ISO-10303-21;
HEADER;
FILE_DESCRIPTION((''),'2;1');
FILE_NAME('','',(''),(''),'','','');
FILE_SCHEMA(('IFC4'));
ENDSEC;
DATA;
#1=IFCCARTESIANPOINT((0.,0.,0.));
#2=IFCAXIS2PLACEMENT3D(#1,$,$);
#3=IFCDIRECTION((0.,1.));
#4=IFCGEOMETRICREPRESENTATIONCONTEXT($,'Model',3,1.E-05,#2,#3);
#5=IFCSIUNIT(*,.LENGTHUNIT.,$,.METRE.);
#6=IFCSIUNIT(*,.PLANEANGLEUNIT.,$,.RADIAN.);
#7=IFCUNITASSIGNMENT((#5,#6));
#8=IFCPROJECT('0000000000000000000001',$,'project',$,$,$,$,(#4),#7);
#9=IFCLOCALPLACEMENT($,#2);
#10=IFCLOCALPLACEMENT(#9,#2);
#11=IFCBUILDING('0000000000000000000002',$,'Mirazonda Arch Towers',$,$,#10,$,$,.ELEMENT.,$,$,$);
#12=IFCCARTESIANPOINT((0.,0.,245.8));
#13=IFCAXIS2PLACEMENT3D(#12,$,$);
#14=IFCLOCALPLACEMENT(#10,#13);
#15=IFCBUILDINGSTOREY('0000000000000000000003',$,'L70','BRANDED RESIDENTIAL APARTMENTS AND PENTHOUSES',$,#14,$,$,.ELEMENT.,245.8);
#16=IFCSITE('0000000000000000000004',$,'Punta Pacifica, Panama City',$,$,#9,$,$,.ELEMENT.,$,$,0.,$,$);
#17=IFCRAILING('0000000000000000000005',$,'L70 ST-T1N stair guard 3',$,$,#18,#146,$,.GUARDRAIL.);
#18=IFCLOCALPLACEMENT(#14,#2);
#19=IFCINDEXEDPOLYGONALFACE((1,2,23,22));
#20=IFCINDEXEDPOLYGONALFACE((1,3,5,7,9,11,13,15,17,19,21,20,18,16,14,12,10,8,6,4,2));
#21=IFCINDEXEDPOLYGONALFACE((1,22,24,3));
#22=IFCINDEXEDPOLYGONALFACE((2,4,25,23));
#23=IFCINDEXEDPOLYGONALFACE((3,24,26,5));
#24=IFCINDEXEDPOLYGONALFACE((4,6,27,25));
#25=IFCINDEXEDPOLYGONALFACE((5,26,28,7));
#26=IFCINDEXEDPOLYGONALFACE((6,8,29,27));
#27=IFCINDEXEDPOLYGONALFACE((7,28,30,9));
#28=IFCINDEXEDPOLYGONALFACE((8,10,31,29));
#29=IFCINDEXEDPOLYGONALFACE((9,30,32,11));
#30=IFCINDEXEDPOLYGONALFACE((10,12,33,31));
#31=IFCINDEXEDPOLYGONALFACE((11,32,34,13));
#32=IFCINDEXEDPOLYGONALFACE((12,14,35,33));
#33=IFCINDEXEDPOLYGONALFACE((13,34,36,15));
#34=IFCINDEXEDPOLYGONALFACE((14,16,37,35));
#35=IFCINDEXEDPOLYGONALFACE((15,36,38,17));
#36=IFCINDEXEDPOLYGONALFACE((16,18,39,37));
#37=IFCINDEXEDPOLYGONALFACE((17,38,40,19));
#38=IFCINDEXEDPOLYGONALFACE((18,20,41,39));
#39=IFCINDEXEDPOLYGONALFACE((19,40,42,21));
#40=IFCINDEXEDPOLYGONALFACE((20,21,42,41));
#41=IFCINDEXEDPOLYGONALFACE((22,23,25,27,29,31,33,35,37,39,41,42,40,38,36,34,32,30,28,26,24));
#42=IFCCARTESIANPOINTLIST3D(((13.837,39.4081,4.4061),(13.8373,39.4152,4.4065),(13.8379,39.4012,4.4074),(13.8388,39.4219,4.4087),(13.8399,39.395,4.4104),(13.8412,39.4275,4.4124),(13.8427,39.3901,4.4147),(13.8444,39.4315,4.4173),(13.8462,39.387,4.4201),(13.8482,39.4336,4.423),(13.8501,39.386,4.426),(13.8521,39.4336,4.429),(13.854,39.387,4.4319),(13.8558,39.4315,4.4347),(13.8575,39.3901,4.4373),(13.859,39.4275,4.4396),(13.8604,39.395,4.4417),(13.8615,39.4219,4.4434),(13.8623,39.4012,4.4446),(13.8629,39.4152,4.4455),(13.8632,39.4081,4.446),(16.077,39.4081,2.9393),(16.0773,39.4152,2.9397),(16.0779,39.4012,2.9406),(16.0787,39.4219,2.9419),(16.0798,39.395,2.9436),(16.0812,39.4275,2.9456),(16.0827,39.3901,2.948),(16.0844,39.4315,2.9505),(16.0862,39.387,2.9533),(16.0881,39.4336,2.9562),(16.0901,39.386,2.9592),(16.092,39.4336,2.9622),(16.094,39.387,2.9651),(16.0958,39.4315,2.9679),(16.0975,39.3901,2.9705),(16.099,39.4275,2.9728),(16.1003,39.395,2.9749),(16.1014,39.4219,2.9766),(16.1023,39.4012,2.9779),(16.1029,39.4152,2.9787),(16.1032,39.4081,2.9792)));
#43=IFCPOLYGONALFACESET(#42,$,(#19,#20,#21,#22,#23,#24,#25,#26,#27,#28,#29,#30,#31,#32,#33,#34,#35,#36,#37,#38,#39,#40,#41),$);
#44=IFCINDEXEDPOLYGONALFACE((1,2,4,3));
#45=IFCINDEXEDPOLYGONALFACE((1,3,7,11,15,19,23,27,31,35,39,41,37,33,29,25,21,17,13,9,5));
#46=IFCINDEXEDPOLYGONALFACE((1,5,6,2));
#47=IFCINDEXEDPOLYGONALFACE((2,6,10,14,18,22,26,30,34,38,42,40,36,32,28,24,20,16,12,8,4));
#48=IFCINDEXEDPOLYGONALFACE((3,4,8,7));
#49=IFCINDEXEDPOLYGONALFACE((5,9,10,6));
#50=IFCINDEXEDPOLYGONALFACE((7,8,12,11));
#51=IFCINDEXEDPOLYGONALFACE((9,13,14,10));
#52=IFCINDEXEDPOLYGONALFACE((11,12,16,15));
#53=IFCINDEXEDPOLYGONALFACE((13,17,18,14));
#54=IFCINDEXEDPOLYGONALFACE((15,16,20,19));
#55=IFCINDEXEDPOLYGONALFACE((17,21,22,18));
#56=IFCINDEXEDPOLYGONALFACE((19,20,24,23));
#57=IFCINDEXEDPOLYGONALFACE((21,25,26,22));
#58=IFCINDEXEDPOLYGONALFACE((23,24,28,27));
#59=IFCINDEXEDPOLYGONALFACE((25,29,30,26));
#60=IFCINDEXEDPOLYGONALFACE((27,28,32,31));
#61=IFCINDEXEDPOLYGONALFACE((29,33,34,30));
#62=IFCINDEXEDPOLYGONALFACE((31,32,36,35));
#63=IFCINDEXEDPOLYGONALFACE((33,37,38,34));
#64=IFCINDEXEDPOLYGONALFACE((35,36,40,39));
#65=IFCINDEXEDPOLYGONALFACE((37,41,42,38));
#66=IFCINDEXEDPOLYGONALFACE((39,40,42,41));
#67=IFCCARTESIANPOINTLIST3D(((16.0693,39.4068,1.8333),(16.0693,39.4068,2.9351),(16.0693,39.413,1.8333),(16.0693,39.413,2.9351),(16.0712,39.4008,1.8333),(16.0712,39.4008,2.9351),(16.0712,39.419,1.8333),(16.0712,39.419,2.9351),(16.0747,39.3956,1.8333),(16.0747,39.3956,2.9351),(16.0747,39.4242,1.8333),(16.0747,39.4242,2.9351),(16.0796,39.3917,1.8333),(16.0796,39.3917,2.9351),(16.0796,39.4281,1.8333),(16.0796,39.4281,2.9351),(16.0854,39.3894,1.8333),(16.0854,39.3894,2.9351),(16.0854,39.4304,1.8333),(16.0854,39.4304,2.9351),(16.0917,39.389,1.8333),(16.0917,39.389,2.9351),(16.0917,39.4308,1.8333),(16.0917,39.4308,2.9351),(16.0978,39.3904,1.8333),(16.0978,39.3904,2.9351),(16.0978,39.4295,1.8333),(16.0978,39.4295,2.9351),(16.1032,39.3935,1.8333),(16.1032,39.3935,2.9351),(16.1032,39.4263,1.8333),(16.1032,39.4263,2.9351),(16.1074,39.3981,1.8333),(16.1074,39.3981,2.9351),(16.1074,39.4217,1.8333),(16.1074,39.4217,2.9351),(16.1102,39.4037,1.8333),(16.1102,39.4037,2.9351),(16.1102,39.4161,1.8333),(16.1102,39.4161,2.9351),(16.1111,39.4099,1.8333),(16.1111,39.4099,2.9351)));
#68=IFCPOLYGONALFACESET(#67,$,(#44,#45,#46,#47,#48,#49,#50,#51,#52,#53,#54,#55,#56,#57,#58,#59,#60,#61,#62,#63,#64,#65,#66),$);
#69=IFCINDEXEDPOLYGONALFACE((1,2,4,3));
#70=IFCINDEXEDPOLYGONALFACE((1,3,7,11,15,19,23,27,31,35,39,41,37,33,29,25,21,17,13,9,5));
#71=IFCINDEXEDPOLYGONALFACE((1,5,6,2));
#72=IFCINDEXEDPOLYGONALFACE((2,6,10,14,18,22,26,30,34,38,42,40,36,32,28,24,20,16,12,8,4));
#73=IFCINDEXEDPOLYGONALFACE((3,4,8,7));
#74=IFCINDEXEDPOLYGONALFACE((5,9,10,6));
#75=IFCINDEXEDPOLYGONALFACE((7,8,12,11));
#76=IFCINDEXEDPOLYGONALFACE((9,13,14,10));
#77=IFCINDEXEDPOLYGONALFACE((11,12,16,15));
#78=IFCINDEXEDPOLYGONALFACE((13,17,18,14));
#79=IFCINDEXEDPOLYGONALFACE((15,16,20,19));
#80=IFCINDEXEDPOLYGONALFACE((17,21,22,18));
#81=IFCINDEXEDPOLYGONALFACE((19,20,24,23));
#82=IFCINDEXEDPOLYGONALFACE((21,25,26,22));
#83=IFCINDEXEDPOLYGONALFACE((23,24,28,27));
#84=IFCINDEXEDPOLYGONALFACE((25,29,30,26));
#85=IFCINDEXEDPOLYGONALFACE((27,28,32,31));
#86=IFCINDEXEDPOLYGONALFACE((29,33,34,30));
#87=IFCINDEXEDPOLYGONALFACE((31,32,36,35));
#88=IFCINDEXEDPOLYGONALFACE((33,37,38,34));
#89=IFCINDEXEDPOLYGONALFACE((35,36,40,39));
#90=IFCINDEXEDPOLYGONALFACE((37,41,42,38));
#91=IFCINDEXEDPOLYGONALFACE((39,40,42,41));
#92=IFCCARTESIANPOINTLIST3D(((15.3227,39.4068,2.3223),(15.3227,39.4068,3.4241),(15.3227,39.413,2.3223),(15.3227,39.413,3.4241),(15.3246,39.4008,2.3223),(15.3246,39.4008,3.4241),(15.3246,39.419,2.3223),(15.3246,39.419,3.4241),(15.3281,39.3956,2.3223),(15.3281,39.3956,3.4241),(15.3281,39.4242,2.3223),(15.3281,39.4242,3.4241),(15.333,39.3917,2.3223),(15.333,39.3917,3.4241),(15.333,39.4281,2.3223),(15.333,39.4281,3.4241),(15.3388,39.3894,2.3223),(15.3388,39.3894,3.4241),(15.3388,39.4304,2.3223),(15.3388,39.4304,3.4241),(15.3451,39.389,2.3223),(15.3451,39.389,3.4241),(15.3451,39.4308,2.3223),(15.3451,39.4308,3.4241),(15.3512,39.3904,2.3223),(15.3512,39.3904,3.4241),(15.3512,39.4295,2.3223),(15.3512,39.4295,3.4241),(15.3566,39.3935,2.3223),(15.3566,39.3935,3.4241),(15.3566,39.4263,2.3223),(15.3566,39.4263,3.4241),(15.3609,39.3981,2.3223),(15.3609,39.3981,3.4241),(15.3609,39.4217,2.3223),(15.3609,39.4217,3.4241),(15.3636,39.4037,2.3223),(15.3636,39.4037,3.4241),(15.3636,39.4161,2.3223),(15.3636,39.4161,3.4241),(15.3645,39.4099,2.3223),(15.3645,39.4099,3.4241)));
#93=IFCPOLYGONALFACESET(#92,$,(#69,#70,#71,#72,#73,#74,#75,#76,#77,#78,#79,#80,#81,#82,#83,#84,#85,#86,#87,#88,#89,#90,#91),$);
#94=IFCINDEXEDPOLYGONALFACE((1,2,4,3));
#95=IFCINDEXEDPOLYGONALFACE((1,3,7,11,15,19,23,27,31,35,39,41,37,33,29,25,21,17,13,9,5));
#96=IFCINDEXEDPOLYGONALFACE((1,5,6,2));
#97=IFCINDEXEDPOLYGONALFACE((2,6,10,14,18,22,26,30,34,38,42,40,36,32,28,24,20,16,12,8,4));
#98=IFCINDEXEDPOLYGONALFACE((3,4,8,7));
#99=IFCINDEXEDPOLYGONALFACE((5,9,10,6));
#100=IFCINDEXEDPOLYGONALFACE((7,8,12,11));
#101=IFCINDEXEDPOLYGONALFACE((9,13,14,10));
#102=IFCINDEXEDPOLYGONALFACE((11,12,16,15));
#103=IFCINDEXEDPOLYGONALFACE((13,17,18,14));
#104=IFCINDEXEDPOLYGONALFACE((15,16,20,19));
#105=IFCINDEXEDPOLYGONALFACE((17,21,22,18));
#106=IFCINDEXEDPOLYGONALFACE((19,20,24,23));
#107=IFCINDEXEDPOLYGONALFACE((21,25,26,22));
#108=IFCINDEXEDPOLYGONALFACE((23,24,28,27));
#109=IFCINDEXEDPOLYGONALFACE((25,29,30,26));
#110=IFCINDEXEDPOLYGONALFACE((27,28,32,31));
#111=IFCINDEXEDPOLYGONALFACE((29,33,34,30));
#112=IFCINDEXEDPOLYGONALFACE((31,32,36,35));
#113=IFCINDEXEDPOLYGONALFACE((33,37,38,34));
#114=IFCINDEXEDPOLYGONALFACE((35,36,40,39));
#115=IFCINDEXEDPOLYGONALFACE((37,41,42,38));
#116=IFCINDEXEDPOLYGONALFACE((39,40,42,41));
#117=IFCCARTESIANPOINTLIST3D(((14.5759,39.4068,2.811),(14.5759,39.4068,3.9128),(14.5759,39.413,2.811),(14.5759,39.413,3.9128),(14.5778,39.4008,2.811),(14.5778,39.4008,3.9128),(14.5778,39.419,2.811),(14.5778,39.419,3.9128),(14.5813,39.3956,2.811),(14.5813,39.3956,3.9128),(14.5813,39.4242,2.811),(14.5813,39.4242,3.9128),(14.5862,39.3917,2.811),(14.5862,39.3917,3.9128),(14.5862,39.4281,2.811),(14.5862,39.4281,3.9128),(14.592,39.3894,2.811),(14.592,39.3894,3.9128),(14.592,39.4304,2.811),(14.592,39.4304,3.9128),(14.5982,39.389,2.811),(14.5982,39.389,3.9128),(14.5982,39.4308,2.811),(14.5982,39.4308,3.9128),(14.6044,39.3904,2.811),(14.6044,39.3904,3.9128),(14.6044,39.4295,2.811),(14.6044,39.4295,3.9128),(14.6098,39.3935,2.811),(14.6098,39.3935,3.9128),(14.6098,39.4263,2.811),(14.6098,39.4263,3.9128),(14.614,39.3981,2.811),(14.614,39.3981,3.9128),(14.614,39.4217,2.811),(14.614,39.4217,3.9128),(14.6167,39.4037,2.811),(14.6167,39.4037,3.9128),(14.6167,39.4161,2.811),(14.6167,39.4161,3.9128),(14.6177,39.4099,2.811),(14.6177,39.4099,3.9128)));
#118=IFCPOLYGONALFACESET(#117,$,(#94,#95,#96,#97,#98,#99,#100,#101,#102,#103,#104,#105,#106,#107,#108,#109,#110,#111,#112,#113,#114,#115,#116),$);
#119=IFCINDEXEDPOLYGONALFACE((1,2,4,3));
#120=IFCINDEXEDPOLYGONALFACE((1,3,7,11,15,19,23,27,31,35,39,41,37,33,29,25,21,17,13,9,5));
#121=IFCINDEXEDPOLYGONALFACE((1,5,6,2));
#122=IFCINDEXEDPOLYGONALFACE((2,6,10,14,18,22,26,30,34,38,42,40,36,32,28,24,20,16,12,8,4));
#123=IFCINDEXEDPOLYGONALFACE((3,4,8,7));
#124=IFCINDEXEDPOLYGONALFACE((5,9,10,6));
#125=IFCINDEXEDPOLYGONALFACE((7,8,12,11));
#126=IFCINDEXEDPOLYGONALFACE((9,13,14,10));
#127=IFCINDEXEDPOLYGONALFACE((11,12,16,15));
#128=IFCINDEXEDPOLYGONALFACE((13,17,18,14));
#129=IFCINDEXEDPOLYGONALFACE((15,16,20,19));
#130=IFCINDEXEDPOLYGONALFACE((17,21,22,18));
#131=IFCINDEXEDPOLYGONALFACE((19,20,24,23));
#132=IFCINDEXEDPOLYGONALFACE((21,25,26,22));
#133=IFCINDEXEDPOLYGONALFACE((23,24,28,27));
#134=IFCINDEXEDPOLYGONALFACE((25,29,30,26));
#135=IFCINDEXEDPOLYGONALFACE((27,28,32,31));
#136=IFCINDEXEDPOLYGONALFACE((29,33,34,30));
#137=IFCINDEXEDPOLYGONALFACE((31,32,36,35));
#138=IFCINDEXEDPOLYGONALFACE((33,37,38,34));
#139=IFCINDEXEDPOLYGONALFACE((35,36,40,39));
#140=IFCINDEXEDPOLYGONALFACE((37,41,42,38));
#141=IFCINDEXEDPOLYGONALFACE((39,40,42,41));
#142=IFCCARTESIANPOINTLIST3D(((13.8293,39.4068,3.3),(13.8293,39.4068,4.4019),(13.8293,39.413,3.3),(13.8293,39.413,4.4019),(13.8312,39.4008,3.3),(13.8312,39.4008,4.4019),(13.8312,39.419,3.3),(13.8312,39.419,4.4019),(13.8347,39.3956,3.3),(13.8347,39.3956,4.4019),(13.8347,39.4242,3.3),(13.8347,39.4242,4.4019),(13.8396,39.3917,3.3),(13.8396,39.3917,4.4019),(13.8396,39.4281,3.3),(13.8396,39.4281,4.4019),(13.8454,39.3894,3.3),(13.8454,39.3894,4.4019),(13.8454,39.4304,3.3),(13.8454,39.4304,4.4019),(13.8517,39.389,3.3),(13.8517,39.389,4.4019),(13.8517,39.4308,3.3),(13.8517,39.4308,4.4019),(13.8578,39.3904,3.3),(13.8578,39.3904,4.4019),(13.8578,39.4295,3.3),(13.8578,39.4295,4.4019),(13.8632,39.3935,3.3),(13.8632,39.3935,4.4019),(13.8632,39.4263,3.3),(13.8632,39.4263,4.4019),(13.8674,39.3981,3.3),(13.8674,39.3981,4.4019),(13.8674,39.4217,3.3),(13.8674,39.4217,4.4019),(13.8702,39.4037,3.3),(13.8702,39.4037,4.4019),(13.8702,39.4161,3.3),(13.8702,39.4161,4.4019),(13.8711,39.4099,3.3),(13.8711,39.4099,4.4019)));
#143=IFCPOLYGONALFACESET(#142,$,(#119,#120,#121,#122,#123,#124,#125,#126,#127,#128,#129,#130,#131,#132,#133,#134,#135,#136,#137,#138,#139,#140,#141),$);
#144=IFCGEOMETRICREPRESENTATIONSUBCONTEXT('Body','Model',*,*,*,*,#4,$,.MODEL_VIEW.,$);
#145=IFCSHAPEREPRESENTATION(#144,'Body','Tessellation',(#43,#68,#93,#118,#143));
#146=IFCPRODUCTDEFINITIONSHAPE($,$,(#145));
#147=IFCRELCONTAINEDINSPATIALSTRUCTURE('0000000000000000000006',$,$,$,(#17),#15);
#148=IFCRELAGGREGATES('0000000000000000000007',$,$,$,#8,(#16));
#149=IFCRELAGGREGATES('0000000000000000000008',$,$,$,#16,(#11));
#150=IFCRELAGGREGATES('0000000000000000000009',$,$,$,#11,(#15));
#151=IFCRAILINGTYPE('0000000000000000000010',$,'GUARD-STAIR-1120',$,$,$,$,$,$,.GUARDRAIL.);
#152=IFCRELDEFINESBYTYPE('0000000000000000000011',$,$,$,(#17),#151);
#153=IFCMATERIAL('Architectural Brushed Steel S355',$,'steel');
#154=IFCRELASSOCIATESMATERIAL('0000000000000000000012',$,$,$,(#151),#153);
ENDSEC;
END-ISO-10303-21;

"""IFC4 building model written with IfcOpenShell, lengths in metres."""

from ifc_helpers import new_model, si_unit, direction, frame, origin, origin_2d, place, context, subcontext, project, spatial, circle, extrude, material, type_object, element, save


model = new_model("IFC4")

# Units and contexts
model_context = context("Model", 3, precision=1e-05, world=origin(), true_north=direction((0.0, 1.0)))
body_context = subcontext(model_context, "Body", "Model", "MODEL_VIEW")
ifc_project = project(units=[si_unit("LENGTHUNIT", "METRE"), si_unit("PLANEANGLEUNIT", "RADIAN")], contexts=[model_context])

# Site, building, storey
site_placement = place(None, origin())
site = spatial("IfcSite", under=ifc_project, at=site_placement, Name="Punta Pacifica, Panama City", CompositionType="ELEMENT", RefElevation=0.0)
building_placement = place(site_placement, origin())
building = spatial("IfcBuilding", under=site, at=building_placement, Name="Mirazonda Arch Towers", CompositionType="ELEMENT")
storey_placement = place(building_placement, frame((0.0, 0.0, 245.8)))
storey = spatial("IfcBuildingStorey", under=building, at=storey_placement, Name="L70", Description="BRANDED RESIDENTIAL APARTMENTS AND PENTHOUSES", CompositionType="ELEMENT", Elevation=245.8)

# Railing
ifc_material_1 = material(Name="Architectural Brushed Steel S355", Category="steel")
railing_type_1 = type_object("IfcRailingType", Name="GUARD-STAIR-1120", PredefinedType="GUARDRAIL", material=ifc_material_1)
railing_1_placement = place(storey_placement, frame((16.0901, 39.4099, 1.8333)))
element("IfcRailing", 1, at=railing_1_placement, inside=storey, type_object=railing_type_1, Name="L70 ST-T1N stair guard 3", PredefinedType="GUARDRAIL", context=body_context, shape_type="SweptSolid", body=[
    extrude(circle(Radius=0.0239, at=origin_2d()), frame((0.0, 0.0, 1.126), z_axis=(-0.836595, 0.0, 0.547822), x_axis=(0.0, -1.0, 0.0)), (0.0, 0.0, 1.0), 2.6775),
    extrude(circle(Radius=0.021, at=origin_2d()), origin(), (0.0, 0.0, 1.0), 1.1018),
    extrude(circle(Radius=0.021, at=origin_2d()), frame((-0.7466, 0.0, 0.489)), (0.0, 0.0, 1.0), 1.1018),
    extrude(circle(Radius=0.021, at=origin_2d()), frame((-1.4934, 0.0, 0.9778)), (0.0, 0.0, 1.0), 1.1018),
    extrude(circle(Radius=0.021, at=origin_2d()), frame((-2.24, 0.0, 1.4668)), (0.0, 0.0, 1.0), 1.1018),
])

save(model, "model.ifc")
